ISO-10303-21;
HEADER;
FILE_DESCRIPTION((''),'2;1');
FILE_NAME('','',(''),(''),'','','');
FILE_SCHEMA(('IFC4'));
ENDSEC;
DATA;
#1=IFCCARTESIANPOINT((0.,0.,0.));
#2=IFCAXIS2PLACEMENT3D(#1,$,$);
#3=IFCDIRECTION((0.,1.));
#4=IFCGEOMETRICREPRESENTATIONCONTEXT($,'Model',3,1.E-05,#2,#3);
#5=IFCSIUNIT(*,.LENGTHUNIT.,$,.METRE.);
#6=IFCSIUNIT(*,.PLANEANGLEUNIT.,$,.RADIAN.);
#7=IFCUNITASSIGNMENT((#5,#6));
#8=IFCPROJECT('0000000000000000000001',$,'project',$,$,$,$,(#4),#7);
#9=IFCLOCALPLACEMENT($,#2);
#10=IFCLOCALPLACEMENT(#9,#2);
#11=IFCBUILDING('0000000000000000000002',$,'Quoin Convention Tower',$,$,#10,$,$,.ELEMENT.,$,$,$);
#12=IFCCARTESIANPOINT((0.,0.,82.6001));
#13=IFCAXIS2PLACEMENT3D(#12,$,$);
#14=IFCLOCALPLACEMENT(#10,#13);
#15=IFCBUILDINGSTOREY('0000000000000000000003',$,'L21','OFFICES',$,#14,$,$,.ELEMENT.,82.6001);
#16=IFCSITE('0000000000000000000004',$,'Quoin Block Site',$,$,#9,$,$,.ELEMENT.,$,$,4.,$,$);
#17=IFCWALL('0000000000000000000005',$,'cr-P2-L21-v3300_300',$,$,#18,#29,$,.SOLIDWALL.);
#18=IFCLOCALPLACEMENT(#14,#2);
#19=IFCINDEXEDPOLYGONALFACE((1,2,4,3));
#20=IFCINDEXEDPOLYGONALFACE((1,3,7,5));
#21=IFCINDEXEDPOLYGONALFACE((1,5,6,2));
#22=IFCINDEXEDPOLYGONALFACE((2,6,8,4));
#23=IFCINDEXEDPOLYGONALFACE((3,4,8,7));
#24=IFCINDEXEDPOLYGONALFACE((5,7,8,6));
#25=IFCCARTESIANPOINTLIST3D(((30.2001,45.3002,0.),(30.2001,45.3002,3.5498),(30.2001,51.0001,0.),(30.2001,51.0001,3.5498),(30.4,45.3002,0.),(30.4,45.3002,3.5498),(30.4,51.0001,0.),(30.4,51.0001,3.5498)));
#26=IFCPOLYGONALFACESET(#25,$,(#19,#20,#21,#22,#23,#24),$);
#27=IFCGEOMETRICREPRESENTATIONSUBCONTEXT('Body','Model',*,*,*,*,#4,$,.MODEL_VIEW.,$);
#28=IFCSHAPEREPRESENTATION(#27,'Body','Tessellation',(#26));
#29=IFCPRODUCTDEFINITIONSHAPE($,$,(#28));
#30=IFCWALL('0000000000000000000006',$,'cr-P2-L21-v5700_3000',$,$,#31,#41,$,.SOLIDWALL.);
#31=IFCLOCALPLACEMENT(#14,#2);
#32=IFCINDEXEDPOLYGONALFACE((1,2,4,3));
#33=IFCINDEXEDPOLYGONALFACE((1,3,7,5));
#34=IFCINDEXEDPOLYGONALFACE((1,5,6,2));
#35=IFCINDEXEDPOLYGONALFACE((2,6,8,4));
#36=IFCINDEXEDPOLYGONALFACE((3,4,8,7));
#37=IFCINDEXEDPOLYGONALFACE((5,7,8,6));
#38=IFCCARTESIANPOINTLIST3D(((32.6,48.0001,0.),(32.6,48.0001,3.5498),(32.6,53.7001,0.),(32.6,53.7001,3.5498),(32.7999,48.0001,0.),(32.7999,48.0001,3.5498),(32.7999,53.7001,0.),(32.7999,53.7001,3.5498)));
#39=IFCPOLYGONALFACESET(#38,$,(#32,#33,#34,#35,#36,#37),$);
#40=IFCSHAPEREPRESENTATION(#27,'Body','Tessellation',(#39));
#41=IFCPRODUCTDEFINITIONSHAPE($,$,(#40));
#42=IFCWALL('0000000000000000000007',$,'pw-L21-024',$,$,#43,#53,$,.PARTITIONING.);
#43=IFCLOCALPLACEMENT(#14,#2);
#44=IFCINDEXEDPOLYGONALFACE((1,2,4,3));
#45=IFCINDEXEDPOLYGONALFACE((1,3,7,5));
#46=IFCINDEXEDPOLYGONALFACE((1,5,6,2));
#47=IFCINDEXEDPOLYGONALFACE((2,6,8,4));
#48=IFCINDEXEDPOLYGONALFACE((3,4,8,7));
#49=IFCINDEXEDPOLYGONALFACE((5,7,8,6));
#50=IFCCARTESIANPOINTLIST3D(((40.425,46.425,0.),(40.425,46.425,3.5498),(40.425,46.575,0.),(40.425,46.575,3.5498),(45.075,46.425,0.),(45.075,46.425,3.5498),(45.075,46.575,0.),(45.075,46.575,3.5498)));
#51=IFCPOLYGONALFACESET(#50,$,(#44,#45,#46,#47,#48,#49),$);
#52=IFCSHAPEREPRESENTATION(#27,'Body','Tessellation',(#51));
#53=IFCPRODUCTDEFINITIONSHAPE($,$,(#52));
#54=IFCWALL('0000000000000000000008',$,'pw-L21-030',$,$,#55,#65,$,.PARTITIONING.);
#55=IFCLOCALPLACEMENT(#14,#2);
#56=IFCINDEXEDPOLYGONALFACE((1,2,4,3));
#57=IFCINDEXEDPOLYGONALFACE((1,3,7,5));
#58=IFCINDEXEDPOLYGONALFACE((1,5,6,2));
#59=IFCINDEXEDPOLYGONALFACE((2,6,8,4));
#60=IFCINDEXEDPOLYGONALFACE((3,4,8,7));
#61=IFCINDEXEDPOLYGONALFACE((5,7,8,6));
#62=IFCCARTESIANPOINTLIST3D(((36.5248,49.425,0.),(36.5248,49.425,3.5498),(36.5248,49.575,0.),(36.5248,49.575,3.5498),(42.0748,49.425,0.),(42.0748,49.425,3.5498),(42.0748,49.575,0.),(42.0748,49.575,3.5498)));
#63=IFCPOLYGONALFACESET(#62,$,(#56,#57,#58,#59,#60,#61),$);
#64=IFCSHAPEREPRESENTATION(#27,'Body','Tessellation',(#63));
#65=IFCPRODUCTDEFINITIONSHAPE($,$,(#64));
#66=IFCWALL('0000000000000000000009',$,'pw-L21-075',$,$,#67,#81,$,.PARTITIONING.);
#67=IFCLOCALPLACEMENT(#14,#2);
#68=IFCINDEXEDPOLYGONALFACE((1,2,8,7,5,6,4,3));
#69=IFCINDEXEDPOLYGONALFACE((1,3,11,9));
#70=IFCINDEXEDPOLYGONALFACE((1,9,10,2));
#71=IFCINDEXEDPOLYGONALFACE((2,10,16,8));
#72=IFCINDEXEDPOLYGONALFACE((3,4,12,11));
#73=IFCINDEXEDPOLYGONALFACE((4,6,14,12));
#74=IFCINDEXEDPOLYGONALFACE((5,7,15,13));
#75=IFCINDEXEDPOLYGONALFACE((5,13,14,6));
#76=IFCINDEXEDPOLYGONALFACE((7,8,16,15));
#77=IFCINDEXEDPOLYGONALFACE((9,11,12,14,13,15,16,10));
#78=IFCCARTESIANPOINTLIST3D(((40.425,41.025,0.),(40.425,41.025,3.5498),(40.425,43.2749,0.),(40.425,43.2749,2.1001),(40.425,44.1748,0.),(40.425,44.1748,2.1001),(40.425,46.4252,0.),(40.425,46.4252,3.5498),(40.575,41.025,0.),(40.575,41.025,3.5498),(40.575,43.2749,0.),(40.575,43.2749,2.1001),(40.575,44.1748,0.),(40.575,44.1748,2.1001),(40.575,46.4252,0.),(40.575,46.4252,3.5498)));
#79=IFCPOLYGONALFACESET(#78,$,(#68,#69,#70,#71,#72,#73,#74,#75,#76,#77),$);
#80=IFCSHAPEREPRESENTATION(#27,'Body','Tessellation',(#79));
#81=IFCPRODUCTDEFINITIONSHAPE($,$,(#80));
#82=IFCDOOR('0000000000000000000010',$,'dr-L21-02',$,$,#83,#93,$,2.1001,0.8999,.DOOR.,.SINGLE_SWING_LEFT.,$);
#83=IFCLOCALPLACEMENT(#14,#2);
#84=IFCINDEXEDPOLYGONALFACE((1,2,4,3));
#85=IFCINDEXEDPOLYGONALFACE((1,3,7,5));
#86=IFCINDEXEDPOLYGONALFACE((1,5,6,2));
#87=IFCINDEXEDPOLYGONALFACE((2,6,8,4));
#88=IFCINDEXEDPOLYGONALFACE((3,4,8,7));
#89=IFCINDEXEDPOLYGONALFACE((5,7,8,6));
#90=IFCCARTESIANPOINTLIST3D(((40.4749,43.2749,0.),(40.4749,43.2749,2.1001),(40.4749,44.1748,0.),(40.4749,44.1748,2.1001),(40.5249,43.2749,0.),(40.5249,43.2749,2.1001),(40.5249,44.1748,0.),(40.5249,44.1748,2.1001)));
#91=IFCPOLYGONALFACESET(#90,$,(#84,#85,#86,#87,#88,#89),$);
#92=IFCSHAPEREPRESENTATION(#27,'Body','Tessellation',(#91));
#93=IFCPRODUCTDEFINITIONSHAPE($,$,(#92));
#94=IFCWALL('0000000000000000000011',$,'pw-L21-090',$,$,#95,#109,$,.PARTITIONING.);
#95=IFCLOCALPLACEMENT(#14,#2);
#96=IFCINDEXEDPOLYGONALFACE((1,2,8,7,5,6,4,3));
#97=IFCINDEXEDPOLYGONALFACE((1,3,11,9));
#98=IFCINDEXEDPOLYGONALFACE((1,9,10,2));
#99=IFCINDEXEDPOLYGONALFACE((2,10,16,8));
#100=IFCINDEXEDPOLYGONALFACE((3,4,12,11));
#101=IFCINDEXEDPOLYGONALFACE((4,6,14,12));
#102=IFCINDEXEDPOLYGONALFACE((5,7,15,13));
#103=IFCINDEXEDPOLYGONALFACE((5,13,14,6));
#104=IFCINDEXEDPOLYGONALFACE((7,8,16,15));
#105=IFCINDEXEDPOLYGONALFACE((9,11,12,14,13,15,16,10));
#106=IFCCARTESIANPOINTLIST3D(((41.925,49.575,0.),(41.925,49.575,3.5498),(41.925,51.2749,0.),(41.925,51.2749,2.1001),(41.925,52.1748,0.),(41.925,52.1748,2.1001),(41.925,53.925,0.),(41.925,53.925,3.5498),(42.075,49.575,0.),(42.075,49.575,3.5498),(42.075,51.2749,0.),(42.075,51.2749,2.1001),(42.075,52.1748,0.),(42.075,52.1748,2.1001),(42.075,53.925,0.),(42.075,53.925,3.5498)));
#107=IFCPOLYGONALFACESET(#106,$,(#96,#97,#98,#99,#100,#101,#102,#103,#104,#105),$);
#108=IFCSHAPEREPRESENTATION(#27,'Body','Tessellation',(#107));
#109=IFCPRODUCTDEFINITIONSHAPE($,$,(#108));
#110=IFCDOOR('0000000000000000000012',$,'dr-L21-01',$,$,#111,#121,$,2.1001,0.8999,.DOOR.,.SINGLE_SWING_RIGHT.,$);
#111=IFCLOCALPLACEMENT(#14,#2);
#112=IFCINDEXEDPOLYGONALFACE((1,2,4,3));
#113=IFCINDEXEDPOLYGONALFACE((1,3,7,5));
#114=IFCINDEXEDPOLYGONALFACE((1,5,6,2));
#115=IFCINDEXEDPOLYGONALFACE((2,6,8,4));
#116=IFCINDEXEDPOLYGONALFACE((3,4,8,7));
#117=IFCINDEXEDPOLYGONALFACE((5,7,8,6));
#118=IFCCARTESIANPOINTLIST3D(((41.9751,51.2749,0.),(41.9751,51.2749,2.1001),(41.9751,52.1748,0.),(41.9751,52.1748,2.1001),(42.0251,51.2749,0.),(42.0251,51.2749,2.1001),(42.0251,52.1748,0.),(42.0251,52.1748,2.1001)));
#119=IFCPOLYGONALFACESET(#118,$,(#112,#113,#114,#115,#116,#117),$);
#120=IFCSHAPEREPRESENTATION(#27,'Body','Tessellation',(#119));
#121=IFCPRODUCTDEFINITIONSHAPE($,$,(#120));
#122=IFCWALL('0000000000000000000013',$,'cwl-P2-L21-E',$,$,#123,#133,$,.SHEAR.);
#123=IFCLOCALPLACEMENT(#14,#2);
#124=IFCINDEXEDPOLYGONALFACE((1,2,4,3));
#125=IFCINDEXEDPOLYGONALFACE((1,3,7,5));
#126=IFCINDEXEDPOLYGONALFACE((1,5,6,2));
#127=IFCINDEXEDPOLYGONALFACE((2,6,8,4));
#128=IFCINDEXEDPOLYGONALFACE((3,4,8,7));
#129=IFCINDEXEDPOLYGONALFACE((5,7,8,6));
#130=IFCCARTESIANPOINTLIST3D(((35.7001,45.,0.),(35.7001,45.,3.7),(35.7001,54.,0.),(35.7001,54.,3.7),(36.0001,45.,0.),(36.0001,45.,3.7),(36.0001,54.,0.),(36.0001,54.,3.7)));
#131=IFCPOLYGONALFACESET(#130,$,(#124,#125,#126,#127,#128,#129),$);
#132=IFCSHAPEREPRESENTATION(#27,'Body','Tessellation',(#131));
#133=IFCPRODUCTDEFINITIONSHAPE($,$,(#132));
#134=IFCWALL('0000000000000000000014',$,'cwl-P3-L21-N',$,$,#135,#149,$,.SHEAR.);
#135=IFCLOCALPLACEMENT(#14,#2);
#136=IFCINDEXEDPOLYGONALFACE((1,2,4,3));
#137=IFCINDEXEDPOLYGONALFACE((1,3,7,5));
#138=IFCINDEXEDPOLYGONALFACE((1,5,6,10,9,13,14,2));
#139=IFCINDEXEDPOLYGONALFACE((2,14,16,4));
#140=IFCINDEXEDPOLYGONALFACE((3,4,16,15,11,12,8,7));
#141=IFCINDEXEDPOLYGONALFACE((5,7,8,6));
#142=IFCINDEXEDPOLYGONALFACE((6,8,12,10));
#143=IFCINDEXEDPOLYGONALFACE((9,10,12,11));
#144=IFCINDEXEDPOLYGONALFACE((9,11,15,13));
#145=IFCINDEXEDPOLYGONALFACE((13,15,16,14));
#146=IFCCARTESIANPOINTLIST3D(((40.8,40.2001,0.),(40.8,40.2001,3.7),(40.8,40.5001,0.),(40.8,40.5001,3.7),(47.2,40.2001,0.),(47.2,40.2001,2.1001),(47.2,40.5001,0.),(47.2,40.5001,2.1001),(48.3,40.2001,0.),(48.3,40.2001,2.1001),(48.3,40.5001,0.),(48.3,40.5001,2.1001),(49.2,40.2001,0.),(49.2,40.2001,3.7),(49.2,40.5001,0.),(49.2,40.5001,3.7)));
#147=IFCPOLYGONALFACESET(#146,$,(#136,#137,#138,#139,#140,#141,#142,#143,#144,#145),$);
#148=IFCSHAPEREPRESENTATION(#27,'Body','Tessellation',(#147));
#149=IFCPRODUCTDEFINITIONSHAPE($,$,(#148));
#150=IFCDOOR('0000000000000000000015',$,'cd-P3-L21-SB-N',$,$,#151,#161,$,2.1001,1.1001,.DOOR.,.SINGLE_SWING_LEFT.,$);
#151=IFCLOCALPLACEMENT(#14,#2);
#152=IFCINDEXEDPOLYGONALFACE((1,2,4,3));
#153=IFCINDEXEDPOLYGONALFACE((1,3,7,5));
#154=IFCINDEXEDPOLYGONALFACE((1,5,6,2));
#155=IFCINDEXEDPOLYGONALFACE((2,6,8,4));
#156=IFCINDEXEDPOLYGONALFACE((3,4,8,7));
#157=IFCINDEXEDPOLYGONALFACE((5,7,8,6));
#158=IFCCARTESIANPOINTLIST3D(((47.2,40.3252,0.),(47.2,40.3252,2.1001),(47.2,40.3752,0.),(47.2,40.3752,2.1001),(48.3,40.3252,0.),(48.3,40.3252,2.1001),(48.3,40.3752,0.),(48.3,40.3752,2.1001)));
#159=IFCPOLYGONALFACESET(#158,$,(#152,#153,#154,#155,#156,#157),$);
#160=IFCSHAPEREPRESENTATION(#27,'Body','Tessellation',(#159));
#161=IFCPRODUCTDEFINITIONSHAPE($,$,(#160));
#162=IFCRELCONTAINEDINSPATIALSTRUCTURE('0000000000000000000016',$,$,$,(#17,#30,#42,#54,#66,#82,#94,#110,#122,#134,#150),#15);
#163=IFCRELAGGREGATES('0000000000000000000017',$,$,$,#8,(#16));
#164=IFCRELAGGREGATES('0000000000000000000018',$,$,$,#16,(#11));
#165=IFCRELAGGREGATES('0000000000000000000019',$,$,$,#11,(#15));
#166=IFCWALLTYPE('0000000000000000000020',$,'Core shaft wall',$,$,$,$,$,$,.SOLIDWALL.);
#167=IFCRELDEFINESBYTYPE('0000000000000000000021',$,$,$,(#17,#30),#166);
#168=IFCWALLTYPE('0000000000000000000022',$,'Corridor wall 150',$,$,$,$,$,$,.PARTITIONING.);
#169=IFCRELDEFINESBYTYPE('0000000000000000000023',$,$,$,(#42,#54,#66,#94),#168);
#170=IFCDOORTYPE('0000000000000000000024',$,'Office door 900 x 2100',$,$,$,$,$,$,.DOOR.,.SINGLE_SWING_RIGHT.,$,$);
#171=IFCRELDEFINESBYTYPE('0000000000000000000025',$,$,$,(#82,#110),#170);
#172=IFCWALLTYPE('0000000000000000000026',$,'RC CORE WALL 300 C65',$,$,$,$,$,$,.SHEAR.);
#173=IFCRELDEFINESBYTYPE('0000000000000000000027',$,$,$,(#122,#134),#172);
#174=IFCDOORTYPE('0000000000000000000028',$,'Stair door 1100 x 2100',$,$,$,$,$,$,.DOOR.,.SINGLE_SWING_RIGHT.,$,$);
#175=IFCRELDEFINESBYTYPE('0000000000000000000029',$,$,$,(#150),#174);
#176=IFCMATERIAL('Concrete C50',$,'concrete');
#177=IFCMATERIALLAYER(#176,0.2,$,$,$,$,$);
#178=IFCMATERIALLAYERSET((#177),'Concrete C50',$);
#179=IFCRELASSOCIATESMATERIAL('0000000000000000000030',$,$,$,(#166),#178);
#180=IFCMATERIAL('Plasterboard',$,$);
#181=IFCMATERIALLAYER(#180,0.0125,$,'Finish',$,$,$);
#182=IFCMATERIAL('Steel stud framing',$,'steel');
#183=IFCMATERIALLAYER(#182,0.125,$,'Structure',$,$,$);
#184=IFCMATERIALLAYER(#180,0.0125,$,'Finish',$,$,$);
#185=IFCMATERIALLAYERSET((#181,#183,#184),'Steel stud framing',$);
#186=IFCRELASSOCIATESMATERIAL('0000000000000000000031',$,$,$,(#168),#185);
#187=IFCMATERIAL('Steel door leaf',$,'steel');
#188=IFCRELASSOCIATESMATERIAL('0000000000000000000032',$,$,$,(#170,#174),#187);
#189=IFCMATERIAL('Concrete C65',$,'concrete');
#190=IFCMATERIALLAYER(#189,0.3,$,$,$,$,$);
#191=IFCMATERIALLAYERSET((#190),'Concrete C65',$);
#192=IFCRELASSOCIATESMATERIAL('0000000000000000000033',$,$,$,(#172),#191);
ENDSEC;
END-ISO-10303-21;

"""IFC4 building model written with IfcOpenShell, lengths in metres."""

from ifc_helpers import new_model, si_unit, direction, frame, frame_2d, origin, place, context, subcontext, project, spatial, rectangle, extrude, material, layer, layer_set, type_object, element, fill, save


model = new_model("IFC4")

# Units and contexts
model_context = context("Model", 3, precision=1e-05, world=origin(), true_north=direction((0.0, 1.0)))
body_context = subcontext(model_context, "Body", "Model", "MODEL_VIEW")
ifc_project = project(units=[si_unit("LENGTHUNIT", "METRE"), si_unit("PLANEANGLEUNIT", "RADIAN")], contexts=[model_context])

# Site, building, storey
site_placement = place(None, origin())
site = spatial("IfcSite", under=ifc_project, at=site_placement, Name="Quoin Block Site", CompositionType="ELEMENT", RefElevation=4.0)
building_placement = place(site_placement, origin())
building = spatial("IfcBuilding", under=site, at=building_placement, Name="Quoin Convention Tower", CompositionType="ELEMENT")
storey_placement = place(building_placement, frame((0.0, 0.0, 82.6001)))
storey = spatial("IfcBuildingStorey", under=building, at=storey_placement, Name="L21", Description="OFFICES", CompositionType="ELEMENT", Elevation=82.6001)

# Shared definitions
ifc_material_1 = material(Name="Concrete C65", Category="concrete")

# Walls
ifc_material_2 = material(Name="Concrete C50", Category="concrete")
ifc_layer_1 = layer(ifc_material_2, 0.2)
ifc_layer_set_1 = layer_set([ifc_layer_1], Name="Concrete C50")
wall_type_1 = type_object("IfcWallType", Name="Core shaft wall", PredefinedType="SOLIDWALL", material=ifc_layer_set_1)
for number, where, z_axis, x_axis, name in (
    (1, (30.3, 45.3, 0.0), (0.0, 0.0, 1.0), (0.0, 1.0, 0.0), "cr-P2-L21-v3300_300"),
    (2, (32.7, 48.0, 0.0), (0.0, 0.0, 1.0), (0.0, 1.0, 0.0), "cr-P2-L21-v5700_3000"),
):
    element("IfcWall", number, at=place(storey_placement, frame(where, z_axis=z_axis, x_axis=x_axis)), inside=storey, type_object=wall_type_1, Name=name, PredefinedType="SOLIDWALL", context=body_context, shape_type="SweptSolid", body=[
        extrude(rectangle(XDim=5.7, YDim=0.2, at=frame_2d((2.8501, 0.0))), origin(), (0.0, 0.0, 1.0), 3.5498),
    ])
ifc_material_3 = material(Name="Plasterboard")
ifc_layer_2 = layer(ifc_material_3, 0.0125, Name="Finish")
ifc_material_4 = material(Name="Steel stud framing", Category="steel")
ifc_layer_3 = layer(ifc_material_4, 0.125, Name="Structure")
ifc_layer_4 = layer(ifc_material_3, 0.0125, Name="Finish")
ifc_layer_set_2 = layer_set([ifc_layer_2, ifc_layer_3, ifc_layer_4], Name="Steel stud framing")
wall_type_2 = type_object("IfcWallType", Name="Corridor wall 150", PredefinedType="PARTITIONING", material=ifc_layer_set_2)
wall_1_placement = place(storey_placement, frame((40.425, 46.5, 0.0), z_axis=(0.0, 0.0, 1.0), x_axis=(1.0, 0.0, 0.0)))
element("IfcWall", 3, at=wall_1_placement, inside=storey, type_object=wall_type_2, Name="pw-L21-024", PredefinedType="PARTITIONING", context=body_context, shape_type="SweptSolid", body=[
    extrude(rectangle(XDim=4.6499, YDim=0.1499, at=frame_2d((2.325, 0.0))), origin(), (0.0, 0.0, 1.0), 3.5498),
])
wall_2_placement = place(storey_placement, frame((36.5249, 49.5, 0.0), z_axis=(0.0, 0.0, 1.0), x_axis=(1.0, 0.0, 0.0)))
element("IfcWall", 4, at=wall_2_placement, inside=storey, type_object=wall_type_2, Name="pw-L21-030", PredefinedType="PARTITIONING", context=body_context, shape_type="SweptSolid", body=[
    extrude(rectangle(XDim=5.55, YDim=0.1499, at=frame_2d((2.7749, 0.0))), origin(), (0.0, 0.0, 1.0), 3.5498),
])

# Walls, openings, doors
wall_3_placement = place(storey_placement, frame((40.5, 41.0249, 0.0), z_axis=(0.0, 0.0, 1.0), x_axis=(0.0, 1.0, 0.0)))
wall_3 = element("IfcWall", 5, at=wall_3_placement, inside=storey, type_object=wall_type_2, Name="pw-L21-075", PredefinedType="PARTITIONING", context=body_context, shape_type="SweptSolid", body=[
    extrude(rectangle(XDim=5.4001, YDim=0.1499, at=frame_2d((2.7002, 0.0))), origin(), (0.0, 0.0, 1.0), 3.5498),
])
opening_1_placement = place(wall_3_placement, frame((2.25, 0.0, 0.0)))
opening_1 = element("IfcOpeningElement", 6, at=opening_1_placement, cuts=wall_3, PredefinedType="OPENING", context=body_context, shape_type="SweptSolid", body=[
    extrude(rectangle(XDim=0.8999, YDim=2.1001, at=frame_2d((0.45, 1.05))), frame((0.0, 0.085, 0.0), z_axis=(0.0, -1.0, 0.0), x_axis=(1.0, 0.0, 0.0)), (0.0, 0.0, 1.0), 0.1699),
])
ifc_material_5 = material(Name="Steel door leaf", Category="steel")
door_type_1 = type_object("IfcDoorType", Name="Office door 900 x 2100", OperationType="SINGLE_SWING_RIGHT", PredefinedType="DOOR", material=ifc_material_5)
door_1_placement = place(opening_1_placement, frame((0.8999, 0.0, 0.0), z_axis=(0.0, 0.0, 1.0), x_axis=(-1.0, 0.0, 0.0)))
door_1 = element("IfcDoor", 7, at=door_1_placement, inside=storey, type_object=door_type_1, Name="dr-L21-02", OperationType="SINGLE_SWING_LEFT", OverallHeight=2.1001, OverallWidth=0.8999, PredefinedType="DOOR", context=body_context, shape_type="SweptSolid", body=[
    extrude(rectangle(XDim=0.8999, YDim=2.1001, at=frame_2d((0.45, 1.05))), frame((0.0, 0.0249, 0.0), z_axis=(0.0, -1.0, 0.0), x_axis=(1.0, 0.0, 0.0)), (0.0, 0.0, 1.0), 0.05),
])
fill(opening_1, door_1)
wall_4_placement = place(storey_placement, frame((42.0, 49.575, 0.0), z_axis=(0.0, 0.0, 1.0), x_axis=(0.0, 1.0, 0.0)))
wall_4 = element("IfcWall", 8, at=wall_4_placement, inside=storey, type_object=wall_type_2, Name="pw-L21-090", PredefinedType="PARTITIONING", context=body_context, shape_type="SweptSolid", body=[
    extrude(rectangle(XDim=4.3501, YDim=0.1499, at=frame_2d((2.175, 0.0))), origin(), (0.0, 0.0, 1.0), 3.5498),
])
opening_2_placement = place(wall_4_placement, frame((1.7, 0.0, 0.0)))
opening_2 = element("IfcOpeningElement", 9, at=opening_2_placement, cuts=wall_4, PredefinedType="OPENING", context=body_context, shape_type="SweptSolid", body=[
    extrude(rectangle(XDim=0.8999, YDim=2.1001, at=frame_2d((0.45, 1.05))), frame((0.0, 0.085, 0.0), z_axis=(0.0, -1.0, 0.0), x_axis=(1.0, 0.0, 0.0)), (0.0, 0.0, 1.0), 0.1699),
])
door_2_placement = place(opening_2_placement, origin())
door_2 = element("IfcDoor", 10, at=door_2_placement, inside=storey, type_object=door_type_1, Name="dr-L21-01", OperationType="SINGLE_SWING_RIGHT", OverallHeight=2.1001, OverallWidth=0.8999, PredefinedType="DOOR", context=body_context, shape_type="SweptSolid", body=[
    extrude(rectangle(XDim=0.8999, YDim=2.1001, at=frame_2d((0.45, 1.05))), frame((0.0, 0.0249, 0.0), z_axis=(0.0, -1.0, 0.0), x_axis=(1.0, 0.0, 0.0)), (0.0, 0.0, 1.0), 0.05),
])
fill(opening_2, door_2)

# Wall
ifc_layer_5 = layer(ifc_material_1, 0.3)
ifc_layer_set_3 = layer_set([ifc_layer_5], Name="Concrete C65")
wall_type_3 = type_object("IfcWallType", Name="RC CORE WALL 300 C65", PredefinedType="SHEAR", material=ifc_layer_set_3)
wall_5_placement = place(storey_placement, frame((35.8501, 45.0, 0.0), z_axis=(0.0, 0.0, 1.0), x_axis=(0.0, 1.0, 0.0)))
element("IfcWall", 11, at=wall_5_placement, inside=storey, type_object=wall_type_3, Name="cwl-P2-L21-E", PredefinedType="SHEAR", context=body_context, shape_type="SweptSolid", body=[
    extrude(rectangle(XDim=9.0, YDim=0.3, at=frame_2d((4.5, 0.0))), origin(), (0.0, 0.0, 1.0), 3.7),
])

# Wall, opening, door
wall_6_placement = place(storey_placement, frame((40.8, 40.3501, 0.0), z_axis=(0.0, 0.0, 1.0), x_axis=(1.0, 0.0, 0.0)))
wall_6 = element("IfcWall", 12, at=wall_6_placement, inside=storey, type_object=wall_type_3, Name="cwl-P3-L21-N", PredefinedType="SHEAR", context=body_context, shape_type="SweptSolid", body=[
    extrude(rectangle(XDim=8.3999, YDim=0.3, at=frame_2d((4.2, 0.0))), origin(), (0.0, 0.0, 1.0), 3.7),
])
opening_3_placement = place(wall_6_placement, frame((6.3999, 0.0, 0.0)))
opening_3 = element("IfcOpeningElement", 13, at=opening_3_placement, cuts=wall_6, PredefinedType="OPENING", context=body_context, shape_type="SweptSolid", body=[
    extrude(rectangle(XDim=1.1001, YDim=2.1001, at=frame_2d((0.55, 1.05))), frame((0.0, 0.1599, 0.0), z_axis=(0.0, -1.0, 0.0), x_axis=(1.0, 0.0, 0.0)), (0.0, 0.0, 1.0), 0.3201),
])
door_type_2 = type_object("IfcDoorType", Name="Stair door 1100 x 2100", OperationType="SINGLE_SWING_RIGHT", PredefinedType="DOOR", material=ifc_material_5)
door_3_placement = place(opening_3_placement, frame((1.1001, 0.0, 0.0), z_axis=(0.0, 0.0, 1.0), x_axis=(-1.0, 0.0, 0.0)))
door_3 = element("IfcDoor", 14, at=door_3_placement, inside=storey, type_object=door_type_2, Name="cd-P3-L21-SB-N", OperationType="SINGLE_SWING_LEFT", OverallHeight=2.1001, OverallWidth=1.1001, PredefinedType="DOOR", context=body_context, shape_type="SweptSolid", body=[
    extrude(rectangle(XDim=1.1001, YDim=2.1001, at=frame_2d((0.55, 1.05))), frame((0.0, 0.0249, 0.0), z_axis=(0.0, -1.0, 0.0), x_axis=(1.0, 0.0, 0.0)), (0.0, 0.0, 1.0), 0.05),
])
fill(opening_3, door_3)

save(model, "model.ifc")
